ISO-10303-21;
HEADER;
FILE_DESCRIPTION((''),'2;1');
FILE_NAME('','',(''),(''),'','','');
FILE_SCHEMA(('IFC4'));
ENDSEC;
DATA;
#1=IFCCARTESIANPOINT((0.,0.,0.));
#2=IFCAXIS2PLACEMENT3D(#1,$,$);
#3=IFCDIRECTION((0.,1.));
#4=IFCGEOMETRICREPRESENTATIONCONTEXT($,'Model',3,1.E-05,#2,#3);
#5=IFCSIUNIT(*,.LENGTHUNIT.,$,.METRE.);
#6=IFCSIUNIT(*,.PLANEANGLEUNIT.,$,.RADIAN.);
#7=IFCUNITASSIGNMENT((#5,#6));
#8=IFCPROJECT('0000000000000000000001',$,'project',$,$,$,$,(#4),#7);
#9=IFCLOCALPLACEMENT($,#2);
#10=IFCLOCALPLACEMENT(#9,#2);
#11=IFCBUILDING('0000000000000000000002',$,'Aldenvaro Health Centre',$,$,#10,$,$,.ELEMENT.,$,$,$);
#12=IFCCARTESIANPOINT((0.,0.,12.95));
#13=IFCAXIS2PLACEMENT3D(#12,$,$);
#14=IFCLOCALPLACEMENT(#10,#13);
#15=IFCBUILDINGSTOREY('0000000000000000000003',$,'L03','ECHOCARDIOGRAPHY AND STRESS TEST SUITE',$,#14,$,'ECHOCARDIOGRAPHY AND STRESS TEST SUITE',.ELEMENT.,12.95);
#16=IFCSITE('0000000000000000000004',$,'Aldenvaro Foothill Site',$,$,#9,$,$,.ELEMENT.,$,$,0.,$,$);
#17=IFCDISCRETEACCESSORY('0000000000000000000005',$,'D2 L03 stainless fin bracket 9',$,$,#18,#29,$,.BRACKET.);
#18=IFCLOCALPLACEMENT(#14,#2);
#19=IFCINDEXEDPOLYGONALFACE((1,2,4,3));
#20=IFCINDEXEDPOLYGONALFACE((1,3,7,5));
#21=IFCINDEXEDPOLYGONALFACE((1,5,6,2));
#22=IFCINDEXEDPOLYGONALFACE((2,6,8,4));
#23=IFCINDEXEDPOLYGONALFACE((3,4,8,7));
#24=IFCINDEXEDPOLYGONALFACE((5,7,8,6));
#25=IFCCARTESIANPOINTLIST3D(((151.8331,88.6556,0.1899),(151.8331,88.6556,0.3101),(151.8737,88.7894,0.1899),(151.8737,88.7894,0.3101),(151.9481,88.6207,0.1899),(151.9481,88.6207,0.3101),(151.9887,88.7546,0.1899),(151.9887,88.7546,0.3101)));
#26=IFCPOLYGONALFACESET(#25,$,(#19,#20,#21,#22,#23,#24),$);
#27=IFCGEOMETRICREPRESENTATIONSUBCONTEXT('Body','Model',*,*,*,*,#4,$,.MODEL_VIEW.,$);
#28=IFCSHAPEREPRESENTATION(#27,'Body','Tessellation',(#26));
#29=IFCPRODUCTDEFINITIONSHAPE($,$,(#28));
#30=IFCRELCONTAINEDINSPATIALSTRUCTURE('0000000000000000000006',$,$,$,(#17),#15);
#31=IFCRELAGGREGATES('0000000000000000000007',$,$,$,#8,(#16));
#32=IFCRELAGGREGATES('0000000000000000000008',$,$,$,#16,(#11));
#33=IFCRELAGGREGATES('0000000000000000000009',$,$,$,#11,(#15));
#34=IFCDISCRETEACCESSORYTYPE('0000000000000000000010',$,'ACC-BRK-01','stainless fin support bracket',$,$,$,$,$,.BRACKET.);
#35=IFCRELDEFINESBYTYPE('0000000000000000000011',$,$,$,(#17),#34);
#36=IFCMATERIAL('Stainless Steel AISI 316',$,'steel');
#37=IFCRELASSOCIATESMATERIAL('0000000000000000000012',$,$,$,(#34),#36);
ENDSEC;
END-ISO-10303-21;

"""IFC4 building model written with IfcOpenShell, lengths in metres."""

from ifc_helpers import new_model, si_unit, direction, frame, origin, origin_2d, place, context, subcontext, project, spatial, rectangle, extrude, material, type_object, element, save


model = new_model("IFC4")

# Units and contexts
model_context = context("Model", 3, precision=1e-05, world=origin(), true_north=direction((0.0, 1.0)))
body_context = subcontext(model_context, "Body", "Model", "MODEL_VIEW")
ifc_project = project(units=[si_unit("LENGTHUNIT", "METRE"), si_unit("PLANEANGLEUNIT", "RADIAN")], contexts=[model_context])

# Site, building, storey
site_placement = place(None, origin())
site = spatial("IfcSite", under=ifc_project, at=site_placement, Name="Aldenvaro Foothill Site", CompositionType="ELEMENT", RefElevation=0.0)
building_placement = place(site_placement, origin())
building = spatial("IfcBuilding", under=site, at=building_placement, Name="Aldenvaro Health Centre", CompositionType="ELEMENT")
storey_placement = place(building_placement, frame((0.0, 0.0, 12.95)))
storey = spatial("IfcBuildingStorey", under=building, at=storey_placement, Name="L03", Description="ECHOCARDIOGRAPHY AND STRESS TEST SUITE", LongName="ECHOCARDIOGRAPHY AND STRESS TEST SUITE", CompositionType="ELEMENT", Elevation=12.95)

# Discrete accessory
ifc_material_1 = material(Name="Stainless Steel AISI 316", Category="steel")
discrete_accessory_type = type_object("IfcDiscreteAccessoryType", Name="ACC-BRK-01", Description="stainless fin support bracket", PredefinedType="BRACKET", material=ifc_material_1)
discrete_accessory_placement = place(storey_placement, frame((151.9109, 88.7051, 0.1899), z_axis=(0.0, 0.0, 1.0), x_axis=(-0.956927, 0.29033, 0.0)))
element("IfcDiscreteAccessory", 1, at=discrete_accessory_placement, inside=storey, type_object=discrete_accessory_type, Name="D2 L03 stainless fin bracket 9", PredefinedType="BRACKET", context=body_context, shape_type="SweptSolid", body=[
    extrude(rectangle(XDim=0.1201, YDim=0.1399, at=origin_2d()), origin(), (0.0, 0.0, 1.0), 0.1201),
])

save(model, "model.ifc")
